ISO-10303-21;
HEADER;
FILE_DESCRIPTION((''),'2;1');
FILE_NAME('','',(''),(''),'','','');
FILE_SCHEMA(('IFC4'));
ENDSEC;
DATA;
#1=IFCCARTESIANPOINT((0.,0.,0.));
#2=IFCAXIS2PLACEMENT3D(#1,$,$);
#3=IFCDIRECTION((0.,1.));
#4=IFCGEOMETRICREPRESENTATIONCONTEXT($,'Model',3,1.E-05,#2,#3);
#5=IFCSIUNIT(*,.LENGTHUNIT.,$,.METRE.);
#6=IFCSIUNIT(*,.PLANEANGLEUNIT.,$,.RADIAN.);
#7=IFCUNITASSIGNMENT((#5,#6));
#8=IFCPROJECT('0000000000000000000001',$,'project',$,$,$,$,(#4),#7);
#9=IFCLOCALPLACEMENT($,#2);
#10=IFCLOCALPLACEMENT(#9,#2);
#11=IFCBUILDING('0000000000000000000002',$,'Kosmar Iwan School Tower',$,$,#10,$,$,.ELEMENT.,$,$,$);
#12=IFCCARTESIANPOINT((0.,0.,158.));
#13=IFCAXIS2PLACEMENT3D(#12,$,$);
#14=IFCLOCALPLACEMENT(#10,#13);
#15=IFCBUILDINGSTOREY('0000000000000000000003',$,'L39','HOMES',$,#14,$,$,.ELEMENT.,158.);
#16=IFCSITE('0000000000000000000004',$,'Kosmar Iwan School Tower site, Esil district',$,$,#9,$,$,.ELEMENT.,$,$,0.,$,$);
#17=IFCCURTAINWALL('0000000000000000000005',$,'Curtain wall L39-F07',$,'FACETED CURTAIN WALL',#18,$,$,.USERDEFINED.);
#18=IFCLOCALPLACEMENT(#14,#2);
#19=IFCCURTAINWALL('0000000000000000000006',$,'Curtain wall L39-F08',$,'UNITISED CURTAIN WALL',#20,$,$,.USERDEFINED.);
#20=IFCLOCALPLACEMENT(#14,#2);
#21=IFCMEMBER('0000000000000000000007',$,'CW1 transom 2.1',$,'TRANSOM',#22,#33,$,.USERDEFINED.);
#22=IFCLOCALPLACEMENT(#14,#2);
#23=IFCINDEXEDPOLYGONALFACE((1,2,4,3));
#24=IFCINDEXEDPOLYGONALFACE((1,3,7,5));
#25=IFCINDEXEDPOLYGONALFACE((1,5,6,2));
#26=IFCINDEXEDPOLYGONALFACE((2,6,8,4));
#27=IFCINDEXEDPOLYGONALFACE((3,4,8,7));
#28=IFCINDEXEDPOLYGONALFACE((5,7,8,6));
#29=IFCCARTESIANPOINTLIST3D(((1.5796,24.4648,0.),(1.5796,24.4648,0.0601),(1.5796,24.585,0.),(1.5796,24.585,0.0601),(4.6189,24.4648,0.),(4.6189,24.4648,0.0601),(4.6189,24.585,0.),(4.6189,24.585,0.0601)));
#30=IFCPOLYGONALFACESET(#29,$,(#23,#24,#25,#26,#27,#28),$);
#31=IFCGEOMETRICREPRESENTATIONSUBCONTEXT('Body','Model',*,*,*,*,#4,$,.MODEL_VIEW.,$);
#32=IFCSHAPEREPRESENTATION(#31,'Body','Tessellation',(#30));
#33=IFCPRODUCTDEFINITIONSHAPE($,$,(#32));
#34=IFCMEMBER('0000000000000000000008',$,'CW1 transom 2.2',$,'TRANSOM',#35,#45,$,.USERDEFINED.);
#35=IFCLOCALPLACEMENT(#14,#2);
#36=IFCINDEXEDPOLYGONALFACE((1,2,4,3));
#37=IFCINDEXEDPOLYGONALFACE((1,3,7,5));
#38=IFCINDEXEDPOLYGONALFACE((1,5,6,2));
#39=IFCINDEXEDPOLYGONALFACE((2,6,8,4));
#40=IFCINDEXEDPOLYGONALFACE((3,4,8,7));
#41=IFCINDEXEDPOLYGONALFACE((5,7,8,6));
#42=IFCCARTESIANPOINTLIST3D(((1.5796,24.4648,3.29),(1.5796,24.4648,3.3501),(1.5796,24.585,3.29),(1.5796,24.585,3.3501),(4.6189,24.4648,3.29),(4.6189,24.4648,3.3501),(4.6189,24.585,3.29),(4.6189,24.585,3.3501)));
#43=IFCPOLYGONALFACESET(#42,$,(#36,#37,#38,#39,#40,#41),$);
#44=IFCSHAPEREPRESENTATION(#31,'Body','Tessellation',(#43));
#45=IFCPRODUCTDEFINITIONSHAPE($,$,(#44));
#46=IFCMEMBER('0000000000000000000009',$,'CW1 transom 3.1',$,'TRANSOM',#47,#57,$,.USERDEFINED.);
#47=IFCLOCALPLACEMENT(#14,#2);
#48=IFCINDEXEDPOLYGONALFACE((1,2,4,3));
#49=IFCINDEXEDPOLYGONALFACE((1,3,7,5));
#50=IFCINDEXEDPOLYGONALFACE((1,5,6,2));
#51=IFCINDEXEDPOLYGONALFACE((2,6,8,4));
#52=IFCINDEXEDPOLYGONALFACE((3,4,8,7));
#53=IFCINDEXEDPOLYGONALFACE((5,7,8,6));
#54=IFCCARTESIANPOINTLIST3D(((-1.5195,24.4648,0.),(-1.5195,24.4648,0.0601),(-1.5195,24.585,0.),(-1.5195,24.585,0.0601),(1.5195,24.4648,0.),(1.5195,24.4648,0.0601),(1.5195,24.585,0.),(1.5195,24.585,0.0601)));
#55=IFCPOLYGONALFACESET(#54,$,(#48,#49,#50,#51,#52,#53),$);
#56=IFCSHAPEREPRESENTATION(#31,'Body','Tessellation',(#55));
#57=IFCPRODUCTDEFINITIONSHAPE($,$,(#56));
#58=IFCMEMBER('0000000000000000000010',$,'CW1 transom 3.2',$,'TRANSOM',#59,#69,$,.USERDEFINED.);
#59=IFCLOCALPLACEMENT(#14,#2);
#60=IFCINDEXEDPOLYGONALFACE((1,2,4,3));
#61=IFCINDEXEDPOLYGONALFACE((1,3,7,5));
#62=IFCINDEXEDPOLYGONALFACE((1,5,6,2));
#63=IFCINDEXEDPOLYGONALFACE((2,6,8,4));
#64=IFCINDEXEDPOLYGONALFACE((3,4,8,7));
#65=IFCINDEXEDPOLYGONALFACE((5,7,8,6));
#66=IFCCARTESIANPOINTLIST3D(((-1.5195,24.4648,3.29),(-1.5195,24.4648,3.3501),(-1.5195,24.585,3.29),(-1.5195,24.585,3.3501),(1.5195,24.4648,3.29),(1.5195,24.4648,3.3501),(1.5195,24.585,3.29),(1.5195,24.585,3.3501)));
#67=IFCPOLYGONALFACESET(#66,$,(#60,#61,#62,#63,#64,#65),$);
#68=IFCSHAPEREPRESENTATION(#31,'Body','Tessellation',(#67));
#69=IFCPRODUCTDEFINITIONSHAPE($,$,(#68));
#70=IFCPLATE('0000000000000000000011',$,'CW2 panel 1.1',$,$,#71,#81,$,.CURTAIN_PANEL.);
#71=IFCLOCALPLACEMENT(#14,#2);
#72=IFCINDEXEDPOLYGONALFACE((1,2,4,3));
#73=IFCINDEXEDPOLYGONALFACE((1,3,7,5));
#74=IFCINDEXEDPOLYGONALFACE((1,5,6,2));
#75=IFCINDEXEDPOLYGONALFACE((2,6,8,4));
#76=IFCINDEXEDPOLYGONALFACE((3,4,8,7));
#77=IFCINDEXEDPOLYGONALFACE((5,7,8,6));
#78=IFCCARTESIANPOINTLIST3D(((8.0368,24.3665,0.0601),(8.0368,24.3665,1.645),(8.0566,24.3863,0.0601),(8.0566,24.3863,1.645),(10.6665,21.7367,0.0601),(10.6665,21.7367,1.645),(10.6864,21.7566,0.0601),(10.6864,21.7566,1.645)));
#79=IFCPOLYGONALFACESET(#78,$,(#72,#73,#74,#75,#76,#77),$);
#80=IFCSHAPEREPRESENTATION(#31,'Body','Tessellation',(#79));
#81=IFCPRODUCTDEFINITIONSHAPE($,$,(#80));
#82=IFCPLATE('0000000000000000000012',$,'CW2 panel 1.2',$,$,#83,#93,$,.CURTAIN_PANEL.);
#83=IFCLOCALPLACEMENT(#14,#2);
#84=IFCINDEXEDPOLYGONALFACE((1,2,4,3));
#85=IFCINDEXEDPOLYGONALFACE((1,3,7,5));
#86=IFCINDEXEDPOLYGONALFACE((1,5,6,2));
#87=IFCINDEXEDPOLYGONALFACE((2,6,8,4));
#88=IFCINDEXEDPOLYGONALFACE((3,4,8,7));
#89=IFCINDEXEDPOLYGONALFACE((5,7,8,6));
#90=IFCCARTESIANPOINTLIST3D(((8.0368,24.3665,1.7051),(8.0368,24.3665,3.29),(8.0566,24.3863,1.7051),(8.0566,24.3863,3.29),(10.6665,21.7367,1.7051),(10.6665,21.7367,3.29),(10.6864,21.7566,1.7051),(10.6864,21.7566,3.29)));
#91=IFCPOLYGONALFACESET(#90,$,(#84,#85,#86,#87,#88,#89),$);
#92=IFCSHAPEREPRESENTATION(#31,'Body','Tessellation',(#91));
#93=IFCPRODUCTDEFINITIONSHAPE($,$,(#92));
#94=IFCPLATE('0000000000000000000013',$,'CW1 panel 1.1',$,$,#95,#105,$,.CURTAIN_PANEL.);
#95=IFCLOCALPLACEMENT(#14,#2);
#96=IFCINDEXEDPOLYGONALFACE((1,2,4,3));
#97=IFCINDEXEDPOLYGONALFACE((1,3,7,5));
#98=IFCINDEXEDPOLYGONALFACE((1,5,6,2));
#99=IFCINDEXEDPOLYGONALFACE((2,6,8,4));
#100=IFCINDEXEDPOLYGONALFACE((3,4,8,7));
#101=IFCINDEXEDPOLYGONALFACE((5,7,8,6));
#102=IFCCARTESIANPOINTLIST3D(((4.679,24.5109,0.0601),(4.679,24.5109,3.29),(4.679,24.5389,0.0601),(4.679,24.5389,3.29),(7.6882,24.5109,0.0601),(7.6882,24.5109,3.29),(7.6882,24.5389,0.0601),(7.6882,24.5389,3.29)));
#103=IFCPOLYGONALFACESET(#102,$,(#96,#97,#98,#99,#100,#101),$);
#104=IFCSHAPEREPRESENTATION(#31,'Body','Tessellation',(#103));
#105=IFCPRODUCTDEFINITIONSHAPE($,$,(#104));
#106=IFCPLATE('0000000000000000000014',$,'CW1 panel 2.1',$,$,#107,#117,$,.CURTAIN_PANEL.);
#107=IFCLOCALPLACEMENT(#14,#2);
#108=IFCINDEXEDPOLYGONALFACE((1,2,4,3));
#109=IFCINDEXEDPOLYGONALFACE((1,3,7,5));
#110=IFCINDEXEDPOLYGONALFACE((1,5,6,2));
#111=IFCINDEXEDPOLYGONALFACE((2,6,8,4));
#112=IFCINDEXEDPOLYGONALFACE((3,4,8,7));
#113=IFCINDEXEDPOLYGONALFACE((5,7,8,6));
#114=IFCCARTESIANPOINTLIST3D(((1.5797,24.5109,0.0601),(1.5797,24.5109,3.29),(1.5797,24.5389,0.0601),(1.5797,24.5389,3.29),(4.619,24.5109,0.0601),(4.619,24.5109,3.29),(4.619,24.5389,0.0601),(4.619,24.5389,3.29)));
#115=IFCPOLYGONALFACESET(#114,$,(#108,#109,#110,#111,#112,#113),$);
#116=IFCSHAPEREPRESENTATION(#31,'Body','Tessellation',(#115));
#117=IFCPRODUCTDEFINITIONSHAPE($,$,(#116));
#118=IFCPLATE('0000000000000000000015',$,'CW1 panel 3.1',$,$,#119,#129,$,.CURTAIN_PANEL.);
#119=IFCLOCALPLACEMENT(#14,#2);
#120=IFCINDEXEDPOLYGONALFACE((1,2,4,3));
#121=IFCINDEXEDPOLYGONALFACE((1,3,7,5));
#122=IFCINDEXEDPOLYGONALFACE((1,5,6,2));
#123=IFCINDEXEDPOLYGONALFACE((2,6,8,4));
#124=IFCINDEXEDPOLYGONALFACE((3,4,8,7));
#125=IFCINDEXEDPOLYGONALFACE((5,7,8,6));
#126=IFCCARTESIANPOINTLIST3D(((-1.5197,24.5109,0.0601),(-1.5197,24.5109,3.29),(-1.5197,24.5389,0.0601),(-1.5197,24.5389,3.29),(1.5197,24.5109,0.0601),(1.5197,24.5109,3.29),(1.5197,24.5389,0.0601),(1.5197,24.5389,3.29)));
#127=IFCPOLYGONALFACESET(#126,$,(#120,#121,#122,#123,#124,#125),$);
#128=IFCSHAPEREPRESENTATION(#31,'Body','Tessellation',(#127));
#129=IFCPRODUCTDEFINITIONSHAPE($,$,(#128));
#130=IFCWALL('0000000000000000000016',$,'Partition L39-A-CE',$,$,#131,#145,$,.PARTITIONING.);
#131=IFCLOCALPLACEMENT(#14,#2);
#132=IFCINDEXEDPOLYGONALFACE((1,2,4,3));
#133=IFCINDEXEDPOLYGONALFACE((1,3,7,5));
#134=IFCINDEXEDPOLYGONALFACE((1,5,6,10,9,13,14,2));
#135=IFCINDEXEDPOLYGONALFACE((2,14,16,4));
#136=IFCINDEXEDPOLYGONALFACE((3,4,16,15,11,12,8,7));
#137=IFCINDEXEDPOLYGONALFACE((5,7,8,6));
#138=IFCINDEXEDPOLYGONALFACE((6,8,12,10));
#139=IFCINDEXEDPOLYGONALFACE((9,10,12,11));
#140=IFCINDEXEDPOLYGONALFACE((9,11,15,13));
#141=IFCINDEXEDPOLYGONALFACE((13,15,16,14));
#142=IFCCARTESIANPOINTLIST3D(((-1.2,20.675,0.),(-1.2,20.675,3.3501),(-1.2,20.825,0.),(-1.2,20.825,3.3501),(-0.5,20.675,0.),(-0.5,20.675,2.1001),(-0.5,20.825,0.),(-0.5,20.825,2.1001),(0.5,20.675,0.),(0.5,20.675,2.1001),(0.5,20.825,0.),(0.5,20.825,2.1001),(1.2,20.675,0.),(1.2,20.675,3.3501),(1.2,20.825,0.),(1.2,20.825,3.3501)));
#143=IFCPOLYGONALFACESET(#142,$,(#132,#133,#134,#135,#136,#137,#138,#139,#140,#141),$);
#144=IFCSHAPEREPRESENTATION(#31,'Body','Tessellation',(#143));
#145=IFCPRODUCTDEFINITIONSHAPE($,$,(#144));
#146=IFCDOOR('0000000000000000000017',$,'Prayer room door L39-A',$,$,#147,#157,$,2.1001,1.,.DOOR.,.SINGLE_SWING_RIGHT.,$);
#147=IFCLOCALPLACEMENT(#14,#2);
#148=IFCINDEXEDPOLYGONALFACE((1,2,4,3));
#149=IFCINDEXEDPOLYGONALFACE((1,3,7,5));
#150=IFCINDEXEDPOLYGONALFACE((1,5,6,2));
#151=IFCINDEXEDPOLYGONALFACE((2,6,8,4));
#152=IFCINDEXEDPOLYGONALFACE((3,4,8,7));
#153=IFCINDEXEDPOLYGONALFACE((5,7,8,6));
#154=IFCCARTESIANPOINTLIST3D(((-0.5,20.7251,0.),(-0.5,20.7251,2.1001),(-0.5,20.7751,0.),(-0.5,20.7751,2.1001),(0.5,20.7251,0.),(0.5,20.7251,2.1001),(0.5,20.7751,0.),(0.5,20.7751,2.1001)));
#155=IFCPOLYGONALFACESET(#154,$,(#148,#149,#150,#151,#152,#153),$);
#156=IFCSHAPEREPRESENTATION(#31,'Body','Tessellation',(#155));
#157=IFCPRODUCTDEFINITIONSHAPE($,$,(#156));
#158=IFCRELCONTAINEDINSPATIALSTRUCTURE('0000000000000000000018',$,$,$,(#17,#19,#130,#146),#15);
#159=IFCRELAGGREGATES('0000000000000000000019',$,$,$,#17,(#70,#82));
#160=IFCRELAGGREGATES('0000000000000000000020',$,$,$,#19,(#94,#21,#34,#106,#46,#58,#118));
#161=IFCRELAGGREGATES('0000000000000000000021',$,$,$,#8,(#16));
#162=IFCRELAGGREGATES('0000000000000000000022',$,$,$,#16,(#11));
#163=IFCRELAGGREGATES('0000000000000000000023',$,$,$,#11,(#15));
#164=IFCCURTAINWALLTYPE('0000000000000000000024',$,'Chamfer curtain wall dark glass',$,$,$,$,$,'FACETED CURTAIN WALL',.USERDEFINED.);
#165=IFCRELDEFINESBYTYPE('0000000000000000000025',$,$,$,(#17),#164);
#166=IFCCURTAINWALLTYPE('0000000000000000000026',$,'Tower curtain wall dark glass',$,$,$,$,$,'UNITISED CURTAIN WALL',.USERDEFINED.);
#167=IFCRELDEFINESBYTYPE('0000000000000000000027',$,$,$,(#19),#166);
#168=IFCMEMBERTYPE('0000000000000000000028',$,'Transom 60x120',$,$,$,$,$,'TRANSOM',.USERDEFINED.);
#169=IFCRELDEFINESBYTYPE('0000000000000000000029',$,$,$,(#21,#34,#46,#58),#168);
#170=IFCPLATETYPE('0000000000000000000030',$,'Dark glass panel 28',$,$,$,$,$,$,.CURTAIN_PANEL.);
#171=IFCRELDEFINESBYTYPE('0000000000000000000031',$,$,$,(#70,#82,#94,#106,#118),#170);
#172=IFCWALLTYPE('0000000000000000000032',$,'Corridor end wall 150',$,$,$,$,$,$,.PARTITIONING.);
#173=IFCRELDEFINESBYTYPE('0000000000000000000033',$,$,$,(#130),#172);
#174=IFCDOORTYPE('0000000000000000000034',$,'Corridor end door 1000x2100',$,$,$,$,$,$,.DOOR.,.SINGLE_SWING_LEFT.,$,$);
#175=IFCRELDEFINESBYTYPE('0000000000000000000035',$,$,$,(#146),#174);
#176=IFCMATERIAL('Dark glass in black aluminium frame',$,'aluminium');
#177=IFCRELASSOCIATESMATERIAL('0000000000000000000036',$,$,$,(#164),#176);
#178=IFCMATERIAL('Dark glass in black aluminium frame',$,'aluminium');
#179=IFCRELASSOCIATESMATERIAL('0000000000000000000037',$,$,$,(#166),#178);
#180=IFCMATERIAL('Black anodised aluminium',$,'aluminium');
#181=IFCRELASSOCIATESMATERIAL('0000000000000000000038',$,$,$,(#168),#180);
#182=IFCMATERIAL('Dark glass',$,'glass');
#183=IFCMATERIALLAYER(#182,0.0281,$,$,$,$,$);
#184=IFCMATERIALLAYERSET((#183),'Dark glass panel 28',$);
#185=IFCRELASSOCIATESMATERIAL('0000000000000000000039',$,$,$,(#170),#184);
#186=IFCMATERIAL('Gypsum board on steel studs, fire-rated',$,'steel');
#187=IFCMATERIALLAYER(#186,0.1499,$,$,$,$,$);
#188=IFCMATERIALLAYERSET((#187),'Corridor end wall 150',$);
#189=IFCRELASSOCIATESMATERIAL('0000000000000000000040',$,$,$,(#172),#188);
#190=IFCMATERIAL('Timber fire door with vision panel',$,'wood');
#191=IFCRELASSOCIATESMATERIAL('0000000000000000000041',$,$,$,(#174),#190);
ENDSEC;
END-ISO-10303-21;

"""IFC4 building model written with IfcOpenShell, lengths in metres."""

from ifc_helpers import new_model, si_unit, direction, frame, frame_2d, origin, origin_2d, place, context, subcontext, project, spatial, rectangle, extrude, material, layer, layer_set, material_profile, profile_set, type_object, element, fill, aggregate, save


model = new_model("IFC4")

# Units and contexts
model_context = context("Model", 3, precision=1e-05, world=origin(), true_north=direction((0.0, 1.0)))
body_context = subcontext(model_context, "Body", "Model", "MODEL_VIEW")
ifc_project = project(units=[si_unit("LENGTHUNIT", "METRE"), si_unit("PLANEANGLEUNIT", "RADIAN")], contexts=[model_context])

# Site, building, storey
site_placement = place(None, origin())
site = spatial("IfcSite", under=ifc_project, at=site_placement, Name="Kosmar Iwan School Tower site, Esil district", CompositionType="ELEMENT", RefElevation=0.0)
building_placement = place(site_placement, origin())
building = spatial("IfcBuilding", under=site, at=building_placement, Name="Kosmar Iwan School Tower", CompositionType="ELEMENT")
storey_placement = place(building_placement, frame((0.0, 0.0, 158.0)))
storey = spatial("IfcBuildingStorey", under=building, at=storey_placement, Name="L39", Description="HOMES", CompositionType="ELEMENT", Elevation=158.0)

# Curtain walls
ifc_material_1 = material(Name="Dark glass in black aluminium frame", Category="aluminium")
curtain_wall_type_1 = type_object("IfcCurtainWallType", Name="Chamfer curtain wall dark glass", ElementType="FACETED CURTAIN WALL", PredefinedType="USERDEFINED", material=ifc_material_1)
curtain_wall_1_placement = place(storey_placement, origin())
curtain_wall_1 = element("IfcCurtainWall", 1, at=curtain_wall_1_placement, inside=storey, type_object=curtain_wall_type_1, Name="Curtain wall L39-F07", ObjectType="FACETED CURTAIN WALL", PredefinedType="USERDEFINED")
ifc_material_2 = material(Name="Dark glass in black aluminium frame", Category="aluminium")
curtain_wall_type_2 = type_object("IfcCurtainWallType", Name="Tower curtain wall dark glass", ElementType="UNITISED CURTAIN WALL", PredefinedType="USERDEFINED", material=ifc_material_2)
curtain_wall_2_placement = place(storey_placement, origin())
curtain_wall_2 = element("IfcCurtainWall", 2, at=curtain_wall_2_placement, inside=storey, type_object=curtain_wall_type_2, Name="Curtain wall L39-F08", ObjectType="UNITISED CURTAIN WALL", PredefinedType="USERDEFINED")

# Members
ifc_material_3 = material(Name="Black anodised aluminium", Category="aluminium")
ifc_material_profile_1 = material_profile(ifc_material_3, rectangle(XDim=0.1201, YDim=0.0601, at=origin_2d()), Name="TRANSOM 60x120")
ifc_profile_set_1 = profile_set([ifc_material_profile_1], Name="Black anodised aluminium")
member_type_1 = type_object("IfcMemberType", Name="Transom 60x120", ElementType="TRANSOM", PredefinedType="USERDEFINED", material=ifc_profile_set_1)
member_1_placement = place(storey_placement, frame((4.6189, 24.5249, 0.03), z_axis=(-1.0, 0.0, 0.0), x_axis=(0.0, -1.0, 0.0)))
member_1 = element("IfcMember", 3, at=member_1_placement, type_object=member_type_1, Name="CW1 transom 2.1", ObjectType="TRANSOM", PredefinedType="USERDEFINED", context=body_context, shape_type="SweptSolid", body=[
    extrude(rectangle(XDim=0.1201, YDim=0.0601, at=origin_2d()), origin(), (0.0, 0.0, 1.0), 3.0393),
])
member_2_placement = place(storey_placement, frame((4.6189, 24.5249, 3.3201), z_axis=(-1.0, 0.0, 0.0), x_axis=(0.0, -1.0, 0.0)))
member_2 = element("IfcMember", 4, at=member_2_placement, type_object=member_type_1, Name="CW1 transom 2.2", ObjectType="TRANSOM", PredefinedType="USERDEFINED", context=body_context, shape_type="SweptSolid", body=[
    extrude(rectangle(XDim=0.1201, YDim=0.0601, at=origin_2d()), origin(), (0.0, 0.0, 1.0), 3.0393),
])
member_3_placement = place(storey_placement, frame((1.5195, 24.5249, 0.03), z_axis=(-1.0, 0.0, 0.0), x_axis=(0.0, -1.0, 0.0)))
member_3 = element("IfcMember", 5, at=member_3_placement, type_object=member_type_1, Name="CW1 transom 3.1", ObjectType="TRANSOM", PredefinedType="USERDEFINED", context=body_context, shape_type="SweptSolid", body=[
    extrude(rectangle(XDim=0.1201, YDim=0.0601, at=origin_2d()), origin(), (0.0, 0.0, 1.0), 3.0391),
])
member_4_placement = place(storey_placement, frame((1.5195, 24.5249, 3.3201), z_axis=(-1.0, 0.0, 0.0), x_axis=(0.0, -1.0, 0.0)))
member_4 = element("IfcMember", 6, at=member_4_placement, type_object=member_type_1, Name="CW1 transom 3.2", ObjectType="TRANSOM", PredefinedType="USERDEFINED", context=body_context, shape_type="SweptSolid", body=[
    extrude(rectangle(XDim=0.1201, YDim=0.0601, at=origin_2d()), origin(), (0.0, 0.0, 1.0), 3.0391),
])

# Plates
ifc_material_4 = material(Name="Dark glass", Category="glass")
ifc_layer_1 = layer(ifc_material_4, 0.0281)
ifc_layer_set_1 = layer_set([ifc_layer_1], Name="Dark glass panel 28")
plate_type = type_object("IfcPlateType", Name="Dark glass panel 28", PredefinedType="CURTAIN_PANEL", material=ifc_layer_set_1)
plate_1_placement = place(storey_placement, frame((9.3616, 23.0615, 0.0601), z_axis=(0.0, 0.0, 1.0), x_axis=(-0.707107, 0.707107, 0.0)))
plate_1 = element("IfcPlate", 7, at=plate_1_placement, type_object=plate_type, Name="CW2 panel 1.1", PredefinedType="CURTAIN_PANEL", context=body_context, shape_type="SweptSolid", body=[
    extrude(rectangle(XDim=3.719, YDim=0.0281, at=origin_2d()), origin(), (0.0, 0.0, 1.0), 1.585),
])
plate_2_placement = place(storey_placement, frame((9.3616, 23.0615, 1.7051), z_axis=(0.0, 0.0, 1.0), x_axis=(-0.707107, 0.707107, 0.0)))
plate_2 = element("IfcPlate", 8, at=plate_2_placement, type_object=plate_type, Name="CW2 panel 1.2", PredefinedType="CURTAIN_PANEL", context=body_context, shape_type="SweptSolid", body=[
    extrude(rectangle(XDim=3.719, YDim=0.0281, at=origin_2d()), origin(), (0.0, 0.0, 1.0), 1.585),
])
aggregate(curtain_wall_1, [plate_1, plate_2])
plate_3_placement = place(storey_placement, frame((6.1836, 24.5249, 0.0601), z_axis=(0.0, 0.0, 1.0), x_axis=(-1.0, 0.0, 0.0)))
plate_3 = element("IfcPlate", 9, at=plate_3_placement, type_object=plate_type, Name="CW1 panel 1.1", PredefinedType="CURTAIN_PANEL", context=body_context, shape_type="SweptSolid", body=[
    extrude(rectangle(XDim=3.0093, YDim=0.0281, at=origin_2d()), origin(), (0.0, 0.0, 1.0), 3.23),
])
plate_4_placement = place(storey_placement, frame((3.0994, 24.5249, 0.0601), z_axis=(0.0, 0.0, 1.0), x_axis=(-1.0, 0.0, 0.0)))
plate_4 = element("IfcPlate", 10, at=plate_4_placement, type_object=plate_type, Name="CW1 panel 2.1", PredefinedType="CURTAIN_PANEL", context=body_context, shape_type="SweptSolid", body=[
    extrude(rectangle(XDim=3.0393, YDim=0.0281, at=origin_2d()), origin(), (0.0, 0.0, 1.0), 3.23),
])
plate_5_placement = place(storey_placement, frame((0.0, 24.5249, 0.0601), z_axis=(0.0, 0.0, 1.0), x_axis=(-1.0, 0.0, 0.0)))
plate_5 = element("IfcPlate", 11, at=plate_5_placement, type_object=plate_type, Name="CW1 panel 3.1", PredefinedType="CURTAIN_PANEL", context=body_context, shape_type="SweptSolid", body=[
    extrude(rectangle(XDim=3.0393, YDim=0.0281, at=origin_2d()), origin(), (0.0, 0.0, 1.0), 3.23),
])
aggregate(curtain_wall_2, [plate_3, member_1, member_2, plate_4, member_3, member_4, plate_5])

# Wall, opening, door
ifc_material_5 = material(Name="Gypsum board on steel studs, fire-rated", Category="steel")
ifc_layer_2 = layer(ifc_material_5, 0.1499)
ifc_layer_set_2 = layer_set([ifc_layer_2], Name="Corridor end wall 150")
wall_type_1 = type_object("IfcWallType", Name="Corridor end wall 150", PredefinedType="PARTITIONING", material=ifc_layer_set_2)
wall_1_placement = place(storey_placement, frame((1.2, 20.75, 0.0), z_axis=(0.0, 0.0, 1.0), x_axis=(-1.0, 0.0, 0.0)))
wall_1 = element("IfcWall", 12, at=wall_1_placement, inside=storey, type_object=wall_type_1, Name="Partition L39-A-CE", PredefinedType="PARTITIONING", context=body_context, shape_type="SweptSolid", body=[
    extrude(rectangle(XDim=2.3999, YDim=0.1499, at=frame_2d((1.2, 0.0))), origin(), (0.0, 0.0, 1.0), 3.3501),
])
opening_1_placement = place(wall_1_placement, frame((0.7, 0.0, 0.0)))
opening_1 = element("IfcOpeningElement", 13, at=opening_1_placement, cuts=wall_1, PredefinedType="OPENING", context=body_context, shape_type="SweptSolid", body=[
    extrude(rectangle(XDim=1.0, YDim=2.1001, at=frame_2d((0.5, 1.05))), frame((0.0, 0.0869, 0.0), z_axis=(0.0, -1.0, 0.0), x_axis=(1.0, 0.0, 0.0)), (0.0, 0.0, 1.0), 0.1738),
])
ifc_material_6 = material(Name="Timber fire door with vision panel", Category="wood")
door_type_1 = type_object("IfcDoorType", Name="Corridor end door 1000x2100", OperationType="SINGLE_SWING_LEFT", PredefinedType="DOOR", material=ifc_material_6)
door_1_placement = place(opening_1_placement, origin())
door_1 = element("IfcDoor", 14, at=door_1_placement, inside=storey, type_object=door_type_1, Name="Prayer room door L39-A", OperationType="SINGLE_SWING_RIGHT", OverallHeight=2.1001, OverallWidth=1.0, PredefinedType="DOOR", context=body_context, shape_type="SweptSolid", body=[
    extrude(rectangle(XDim=1.0, YDim=2.1001, at=frame_2d((0.5, 1.05))), frame((0.0, 0.0249, 0.0), z_axis=(0.0, -1.0, 0.0), x_axis=(1.0, 0.0, 0.0)), (0.0, 0.0, 1.0), 0.05),
])
fill(opening_1, door_1)

save(model, "model.ifc")
